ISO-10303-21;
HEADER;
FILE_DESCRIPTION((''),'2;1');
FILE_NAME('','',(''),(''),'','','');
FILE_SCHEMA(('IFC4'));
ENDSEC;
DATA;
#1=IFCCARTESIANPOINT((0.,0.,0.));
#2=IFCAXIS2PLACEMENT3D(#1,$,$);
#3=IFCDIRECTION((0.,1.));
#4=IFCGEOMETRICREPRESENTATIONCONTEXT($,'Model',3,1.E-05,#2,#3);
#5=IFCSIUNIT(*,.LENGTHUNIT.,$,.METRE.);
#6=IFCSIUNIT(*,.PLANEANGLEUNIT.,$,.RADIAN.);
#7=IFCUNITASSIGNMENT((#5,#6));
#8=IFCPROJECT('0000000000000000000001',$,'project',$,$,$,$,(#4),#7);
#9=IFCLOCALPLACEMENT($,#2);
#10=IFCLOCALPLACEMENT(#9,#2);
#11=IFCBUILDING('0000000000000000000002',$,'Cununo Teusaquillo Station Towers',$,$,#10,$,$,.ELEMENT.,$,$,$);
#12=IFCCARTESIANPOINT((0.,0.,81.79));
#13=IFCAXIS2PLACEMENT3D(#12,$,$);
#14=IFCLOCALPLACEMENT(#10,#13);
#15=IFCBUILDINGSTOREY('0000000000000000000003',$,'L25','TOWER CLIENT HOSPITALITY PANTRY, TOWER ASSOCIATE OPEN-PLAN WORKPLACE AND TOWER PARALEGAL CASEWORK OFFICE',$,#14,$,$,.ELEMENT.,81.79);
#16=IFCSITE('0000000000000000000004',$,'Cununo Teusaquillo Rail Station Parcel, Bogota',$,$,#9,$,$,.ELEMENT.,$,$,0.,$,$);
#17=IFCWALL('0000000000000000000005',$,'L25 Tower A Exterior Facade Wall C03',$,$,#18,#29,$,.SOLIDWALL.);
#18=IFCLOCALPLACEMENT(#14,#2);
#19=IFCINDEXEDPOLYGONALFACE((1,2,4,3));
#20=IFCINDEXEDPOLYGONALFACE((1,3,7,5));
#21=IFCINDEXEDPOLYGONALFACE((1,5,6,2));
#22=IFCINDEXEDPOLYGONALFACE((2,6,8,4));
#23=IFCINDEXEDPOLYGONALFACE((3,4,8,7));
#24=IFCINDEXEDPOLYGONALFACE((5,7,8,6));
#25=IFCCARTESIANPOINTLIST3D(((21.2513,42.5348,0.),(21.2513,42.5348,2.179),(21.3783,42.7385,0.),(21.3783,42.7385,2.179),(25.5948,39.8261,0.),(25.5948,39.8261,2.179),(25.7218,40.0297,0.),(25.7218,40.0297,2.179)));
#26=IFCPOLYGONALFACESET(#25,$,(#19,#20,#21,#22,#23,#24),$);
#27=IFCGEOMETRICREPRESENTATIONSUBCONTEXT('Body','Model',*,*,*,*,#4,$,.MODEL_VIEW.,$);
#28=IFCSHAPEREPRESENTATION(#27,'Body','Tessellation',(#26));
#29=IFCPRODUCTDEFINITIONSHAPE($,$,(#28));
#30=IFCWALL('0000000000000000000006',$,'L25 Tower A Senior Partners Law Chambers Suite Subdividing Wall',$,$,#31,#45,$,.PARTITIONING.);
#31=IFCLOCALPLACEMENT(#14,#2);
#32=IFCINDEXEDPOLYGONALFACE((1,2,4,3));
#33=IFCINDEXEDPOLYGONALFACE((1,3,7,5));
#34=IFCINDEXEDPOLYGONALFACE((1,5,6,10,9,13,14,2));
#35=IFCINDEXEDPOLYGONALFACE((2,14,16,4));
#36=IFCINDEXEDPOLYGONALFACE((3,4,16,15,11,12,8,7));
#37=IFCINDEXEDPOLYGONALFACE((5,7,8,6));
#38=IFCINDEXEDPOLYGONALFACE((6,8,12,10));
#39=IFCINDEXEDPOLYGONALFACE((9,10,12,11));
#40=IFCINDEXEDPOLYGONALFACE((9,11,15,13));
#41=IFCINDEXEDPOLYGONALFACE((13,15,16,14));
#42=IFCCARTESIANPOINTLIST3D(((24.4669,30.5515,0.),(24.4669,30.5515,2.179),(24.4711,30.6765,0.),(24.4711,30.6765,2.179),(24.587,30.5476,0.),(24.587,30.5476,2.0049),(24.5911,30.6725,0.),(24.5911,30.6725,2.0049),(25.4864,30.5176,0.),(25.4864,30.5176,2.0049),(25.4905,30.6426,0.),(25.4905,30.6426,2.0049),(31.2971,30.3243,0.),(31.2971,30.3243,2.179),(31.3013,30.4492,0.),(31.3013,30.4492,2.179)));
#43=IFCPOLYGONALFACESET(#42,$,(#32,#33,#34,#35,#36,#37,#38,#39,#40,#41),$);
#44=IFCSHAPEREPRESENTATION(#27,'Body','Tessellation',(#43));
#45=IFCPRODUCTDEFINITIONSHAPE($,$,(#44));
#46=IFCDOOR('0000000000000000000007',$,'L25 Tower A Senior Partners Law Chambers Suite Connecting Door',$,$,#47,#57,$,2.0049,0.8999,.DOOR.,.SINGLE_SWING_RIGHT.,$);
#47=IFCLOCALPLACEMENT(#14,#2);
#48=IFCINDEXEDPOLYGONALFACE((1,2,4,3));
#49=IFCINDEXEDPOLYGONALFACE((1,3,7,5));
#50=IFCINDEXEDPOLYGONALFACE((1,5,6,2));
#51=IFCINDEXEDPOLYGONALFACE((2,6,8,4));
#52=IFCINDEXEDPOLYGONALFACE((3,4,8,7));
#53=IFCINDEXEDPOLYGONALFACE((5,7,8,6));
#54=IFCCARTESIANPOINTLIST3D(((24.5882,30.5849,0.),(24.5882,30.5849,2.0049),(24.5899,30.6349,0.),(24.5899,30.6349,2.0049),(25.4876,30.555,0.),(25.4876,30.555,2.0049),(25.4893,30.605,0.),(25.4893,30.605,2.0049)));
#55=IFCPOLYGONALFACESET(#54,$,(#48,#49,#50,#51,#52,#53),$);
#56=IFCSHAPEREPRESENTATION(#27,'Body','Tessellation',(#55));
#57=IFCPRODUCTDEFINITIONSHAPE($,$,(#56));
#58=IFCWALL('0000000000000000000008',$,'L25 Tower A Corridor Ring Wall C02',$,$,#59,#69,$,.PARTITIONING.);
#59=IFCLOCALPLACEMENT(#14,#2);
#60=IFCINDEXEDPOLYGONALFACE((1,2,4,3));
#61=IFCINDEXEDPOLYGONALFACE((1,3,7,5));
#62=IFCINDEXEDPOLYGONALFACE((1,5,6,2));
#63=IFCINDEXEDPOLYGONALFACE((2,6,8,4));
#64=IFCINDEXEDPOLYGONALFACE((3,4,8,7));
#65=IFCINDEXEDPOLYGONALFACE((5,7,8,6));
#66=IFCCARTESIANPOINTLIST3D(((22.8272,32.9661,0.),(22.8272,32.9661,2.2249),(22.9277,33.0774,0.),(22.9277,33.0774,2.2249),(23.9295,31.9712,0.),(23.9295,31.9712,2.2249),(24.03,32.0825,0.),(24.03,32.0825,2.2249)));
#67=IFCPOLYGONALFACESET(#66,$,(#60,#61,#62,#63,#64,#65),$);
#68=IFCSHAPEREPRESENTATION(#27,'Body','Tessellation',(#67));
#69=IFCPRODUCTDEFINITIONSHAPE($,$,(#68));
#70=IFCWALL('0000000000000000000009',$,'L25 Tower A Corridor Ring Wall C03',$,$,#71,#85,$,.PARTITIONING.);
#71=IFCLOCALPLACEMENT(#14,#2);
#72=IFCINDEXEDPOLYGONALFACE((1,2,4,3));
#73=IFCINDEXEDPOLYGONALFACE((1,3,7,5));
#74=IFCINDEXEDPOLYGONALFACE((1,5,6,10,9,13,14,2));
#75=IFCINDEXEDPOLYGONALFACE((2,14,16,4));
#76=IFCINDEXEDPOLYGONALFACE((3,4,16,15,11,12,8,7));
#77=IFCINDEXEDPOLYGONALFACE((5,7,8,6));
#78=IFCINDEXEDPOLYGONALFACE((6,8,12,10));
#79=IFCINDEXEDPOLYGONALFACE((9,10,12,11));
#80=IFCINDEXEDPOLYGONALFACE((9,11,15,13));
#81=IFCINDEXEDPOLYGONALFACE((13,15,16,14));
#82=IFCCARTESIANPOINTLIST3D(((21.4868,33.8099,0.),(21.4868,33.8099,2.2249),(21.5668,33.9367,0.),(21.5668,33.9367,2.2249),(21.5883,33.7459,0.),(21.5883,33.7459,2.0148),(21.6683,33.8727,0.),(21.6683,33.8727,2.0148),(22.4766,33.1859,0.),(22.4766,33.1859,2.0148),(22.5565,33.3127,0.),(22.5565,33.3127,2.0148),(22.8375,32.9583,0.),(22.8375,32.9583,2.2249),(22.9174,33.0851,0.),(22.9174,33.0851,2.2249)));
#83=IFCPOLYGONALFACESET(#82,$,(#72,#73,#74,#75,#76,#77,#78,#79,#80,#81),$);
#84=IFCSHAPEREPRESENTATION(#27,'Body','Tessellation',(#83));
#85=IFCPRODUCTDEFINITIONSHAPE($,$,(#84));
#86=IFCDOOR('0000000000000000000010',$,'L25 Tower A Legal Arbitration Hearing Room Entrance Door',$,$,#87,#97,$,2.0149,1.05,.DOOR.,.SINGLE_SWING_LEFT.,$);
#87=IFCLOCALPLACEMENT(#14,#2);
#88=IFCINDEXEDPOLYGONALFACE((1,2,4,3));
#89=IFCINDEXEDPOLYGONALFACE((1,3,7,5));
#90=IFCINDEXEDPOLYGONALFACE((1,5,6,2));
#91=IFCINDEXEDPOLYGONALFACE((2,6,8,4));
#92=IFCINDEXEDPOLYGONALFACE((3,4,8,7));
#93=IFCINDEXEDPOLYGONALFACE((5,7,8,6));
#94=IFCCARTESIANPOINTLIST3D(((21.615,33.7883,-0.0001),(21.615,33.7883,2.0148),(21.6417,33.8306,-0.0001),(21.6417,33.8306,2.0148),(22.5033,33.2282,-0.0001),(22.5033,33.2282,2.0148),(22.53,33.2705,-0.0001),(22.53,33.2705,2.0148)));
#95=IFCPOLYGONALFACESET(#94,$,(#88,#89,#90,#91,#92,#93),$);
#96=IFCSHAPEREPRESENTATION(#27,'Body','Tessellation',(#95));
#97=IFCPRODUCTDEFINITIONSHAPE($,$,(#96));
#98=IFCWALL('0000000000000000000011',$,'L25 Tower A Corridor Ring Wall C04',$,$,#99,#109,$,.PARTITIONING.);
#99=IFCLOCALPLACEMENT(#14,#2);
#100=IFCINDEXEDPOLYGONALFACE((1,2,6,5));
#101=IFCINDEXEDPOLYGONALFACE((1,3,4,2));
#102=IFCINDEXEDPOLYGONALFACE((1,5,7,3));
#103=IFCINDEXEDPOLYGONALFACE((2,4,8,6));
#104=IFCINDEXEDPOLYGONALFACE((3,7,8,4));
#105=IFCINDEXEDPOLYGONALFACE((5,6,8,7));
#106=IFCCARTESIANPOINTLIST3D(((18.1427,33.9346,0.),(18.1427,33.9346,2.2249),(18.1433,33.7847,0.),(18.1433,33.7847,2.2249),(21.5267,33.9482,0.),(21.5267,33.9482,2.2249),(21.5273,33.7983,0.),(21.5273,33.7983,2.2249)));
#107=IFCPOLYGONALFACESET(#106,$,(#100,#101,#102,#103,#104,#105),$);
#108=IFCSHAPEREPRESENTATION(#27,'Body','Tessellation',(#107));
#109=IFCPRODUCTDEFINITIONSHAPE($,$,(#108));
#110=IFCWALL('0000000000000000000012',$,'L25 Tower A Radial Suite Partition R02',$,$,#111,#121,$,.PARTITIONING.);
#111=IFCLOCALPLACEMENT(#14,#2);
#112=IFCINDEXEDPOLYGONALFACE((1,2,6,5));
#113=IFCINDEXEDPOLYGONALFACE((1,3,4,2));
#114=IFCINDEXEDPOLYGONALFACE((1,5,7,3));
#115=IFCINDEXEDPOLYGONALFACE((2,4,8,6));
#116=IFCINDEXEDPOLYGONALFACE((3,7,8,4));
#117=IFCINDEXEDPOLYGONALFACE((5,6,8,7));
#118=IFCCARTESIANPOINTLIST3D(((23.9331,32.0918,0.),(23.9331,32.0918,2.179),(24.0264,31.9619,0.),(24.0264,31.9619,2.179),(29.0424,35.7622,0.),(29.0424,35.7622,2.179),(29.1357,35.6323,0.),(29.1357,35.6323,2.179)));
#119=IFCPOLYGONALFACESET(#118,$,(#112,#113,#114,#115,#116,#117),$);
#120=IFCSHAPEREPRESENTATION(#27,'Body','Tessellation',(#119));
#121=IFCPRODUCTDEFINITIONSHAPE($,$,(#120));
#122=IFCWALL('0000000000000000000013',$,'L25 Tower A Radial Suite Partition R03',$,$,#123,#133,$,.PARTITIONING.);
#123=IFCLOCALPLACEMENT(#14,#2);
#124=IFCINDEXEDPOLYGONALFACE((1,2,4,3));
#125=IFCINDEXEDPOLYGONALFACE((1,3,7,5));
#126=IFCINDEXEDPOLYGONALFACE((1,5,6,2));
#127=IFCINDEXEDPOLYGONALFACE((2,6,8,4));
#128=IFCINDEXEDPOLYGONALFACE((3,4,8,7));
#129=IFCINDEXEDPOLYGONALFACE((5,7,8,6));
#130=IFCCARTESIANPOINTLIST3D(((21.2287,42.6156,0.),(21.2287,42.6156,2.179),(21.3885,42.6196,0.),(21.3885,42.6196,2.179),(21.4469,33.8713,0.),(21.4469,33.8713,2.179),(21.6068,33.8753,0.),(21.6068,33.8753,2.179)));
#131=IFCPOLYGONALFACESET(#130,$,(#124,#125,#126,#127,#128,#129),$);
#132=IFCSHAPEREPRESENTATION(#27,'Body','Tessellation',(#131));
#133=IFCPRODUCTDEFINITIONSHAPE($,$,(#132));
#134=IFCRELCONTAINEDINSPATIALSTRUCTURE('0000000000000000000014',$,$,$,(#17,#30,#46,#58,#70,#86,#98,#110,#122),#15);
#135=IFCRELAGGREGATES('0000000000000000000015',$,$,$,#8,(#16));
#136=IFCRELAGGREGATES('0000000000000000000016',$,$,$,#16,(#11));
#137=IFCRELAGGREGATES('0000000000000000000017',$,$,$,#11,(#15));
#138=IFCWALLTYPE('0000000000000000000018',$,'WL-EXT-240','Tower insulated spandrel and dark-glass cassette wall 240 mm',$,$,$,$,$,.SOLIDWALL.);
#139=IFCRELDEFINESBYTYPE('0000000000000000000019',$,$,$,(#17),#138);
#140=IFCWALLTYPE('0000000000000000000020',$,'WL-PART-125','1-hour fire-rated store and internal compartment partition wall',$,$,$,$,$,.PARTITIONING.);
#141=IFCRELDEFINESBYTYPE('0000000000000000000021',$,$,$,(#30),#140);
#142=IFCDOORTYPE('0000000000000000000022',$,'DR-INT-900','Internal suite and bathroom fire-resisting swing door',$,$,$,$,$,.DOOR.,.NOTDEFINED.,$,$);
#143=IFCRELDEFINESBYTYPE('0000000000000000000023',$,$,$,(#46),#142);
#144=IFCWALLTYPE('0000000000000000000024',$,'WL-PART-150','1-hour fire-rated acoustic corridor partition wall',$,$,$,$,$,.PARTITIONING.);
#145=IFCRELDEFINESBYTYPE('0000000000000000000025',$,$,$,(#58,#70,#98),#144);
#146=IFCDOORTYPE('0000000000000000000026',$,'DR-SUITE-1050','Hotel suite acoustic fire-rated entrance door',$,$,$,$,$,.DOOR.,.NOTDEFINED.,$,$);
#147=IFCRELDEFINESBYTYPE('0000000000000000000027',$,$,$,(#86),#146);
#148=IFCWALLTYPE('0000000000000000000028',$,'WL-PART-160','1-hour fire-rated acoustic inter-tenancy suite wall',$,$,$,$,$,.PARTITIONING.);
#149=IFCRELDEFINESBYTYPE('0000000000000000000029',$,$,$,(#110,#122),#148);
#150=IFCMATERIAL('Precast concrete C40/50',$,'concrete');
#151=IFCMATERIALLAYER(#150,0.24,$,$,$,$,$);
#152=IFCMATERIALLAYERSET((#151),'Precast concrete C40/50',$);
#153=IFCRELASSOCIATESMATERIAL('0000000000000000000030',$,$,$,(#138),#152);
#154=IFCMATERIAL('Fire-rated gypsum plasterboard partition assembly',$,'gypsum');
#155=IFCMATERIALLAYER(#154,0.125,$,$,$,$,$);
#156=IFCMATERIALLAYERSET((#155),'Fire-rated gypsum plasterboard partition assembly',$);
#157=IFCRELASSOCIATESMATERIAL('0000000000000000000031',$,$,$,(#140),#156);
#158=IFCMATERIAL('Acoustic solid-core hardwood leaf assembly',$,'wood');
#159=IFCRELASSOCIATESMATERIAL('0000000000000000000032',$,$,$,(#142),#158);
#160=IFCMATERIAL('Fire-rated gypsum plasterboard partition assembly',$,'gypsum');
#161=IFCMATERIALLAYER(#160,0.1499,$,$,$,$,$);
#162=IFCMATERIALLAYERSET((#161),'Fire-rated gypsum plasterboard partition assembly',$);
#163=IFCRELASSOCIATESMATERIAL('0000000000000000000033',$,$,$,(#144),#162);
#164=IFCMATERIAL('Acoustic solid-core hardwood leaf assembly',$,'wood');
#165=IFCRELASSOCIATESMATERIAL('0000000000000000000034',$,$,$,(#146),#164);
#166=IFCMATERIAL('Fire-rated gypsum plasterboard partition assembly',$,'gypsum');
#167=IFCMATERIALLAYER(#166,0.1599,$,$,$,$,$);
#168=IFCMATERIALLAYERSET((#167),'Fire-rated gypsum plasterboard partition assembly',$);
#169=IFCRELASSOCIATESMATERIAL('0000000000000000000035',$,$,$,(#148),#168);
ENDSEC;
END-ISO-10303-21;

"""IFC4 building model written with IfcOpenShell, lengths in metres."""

from ifc_helpers import new_model, si_unit, direction, frame, frame_2d, origin, place, context, subcontext, project, spatial, rectangle, extrude, source, transform, mapped, material, layer, layer_set, type_object, element, fill, save


model = new_model("IFC4")

# Units and contexts
model_context = context("Model", 3, precision=1e-05, world=origin(), true_north=direction((0.0, 1.0)))
body_context = subcontext(model_context, "Body", "Model", "MODEL_VIEW")
ifc_project = project(units=[si_unit("LENGTHUNIT", "METRE"), si_unit("PLANEANGLEUNIT", "RADIAN")], contexts=[model_context])

# Site, building, storey
site_placement = place(None, origin())
site = spatial("IfcSite", under=ifc_project, at=site_placement, Name="Cununo Teusaquillo Rail Station Parcel, Bogota", CompositionType="ELEMENT", RefElevation=0.0)
building_placement = place(site_placement, origin())
building = spatial("IfcBuilding", under=site, at=building_placement, Name="Cununo Teusaquillo Station Towers", CompositionType="ELEMENT")
storey_placement = place(building_placement, frame((0.0, 0.0, 81.79)))
storey = spatial("IfcBuildingStorey", under=building, at=storey_placement, Name="L25", Description="TOWER CLIENT HOSPITALITY PANTRY, TOWER ASSOCIATE OPEN-PLAN WORKPLACE AND TOWER PARALEGAL CASEWORK OFFICE", CompositionType="ELEMENT", Elevation=81.79)

# Shared definitions
ifc_material_1 = material(Name="Precast concrete C40/50", Category="concrete")
ifc_layer_1 = layer(ifc_material_1, 0.24)
ifc_layer_set_1 = layer_set([ifc_layer_1], Name="Precast concrete C40/50")
wall_type_1 = type_object("IfcWallType", Name="WL-EXT-240", Description="Tower insulated spandrel and dark-glass cassette wall 240 mm", PredefinedType="SOLIDWALL", material=ifc_layer_set_1)

# Wall
wall_1_placement = place(storey_placement, frame((21.3147, 42.6367, 0.0), z_axis=(0.0, 0.0, 1.0), x_axis=(0.84852, -0.529163, 0.0)))
element("IfcWall", 1, at=wall_1_placement, inside=storey, type_object=wall_type_1, Name="L25 Tower A Exterior Facade Wall C03", PredefinedType="SOLIDWALL", context=body_context, shape_type="SweptSolid", body=[
    extrude(rectangle(XDim=5.1189, YDim=0.24, at=frame_2d((2.5596, 0.0))), origin(), (0.0, 0.0, 1.0), 2.179),
])

# Wall, opening, door
ifc_material_2 = material(Name="Fire-rated gypsum plasterboard partition assembly", Category="gypsum")
ifc_layer_2 = layer(ifc_material_2, 0.125)
ifc_layer_set_2 = layer_set([ifc_layer_2], Name="Fire-rated gypsum plasterboard partition assembly")
wall_type_2 = type_object("IfcWallType", Name="WL-PART-125", Description="1-hour fire-rated store and internal compartment partition wall", PredefinedType="PARTITIONING", material=ifc_layer_set_2)
wall_2_placement = place(storey_placement, frame((24.469, 30.614, 0.0), z_axis=(0.0, 0.0, 1.0), x_axis=(0.999447, -0.033259, 0.0)))
wall_2 = element("IfcWall", 2, at=wall_2_placement, inside=storey, type_object=wall_type_2, Name="L25 Tower A Senior Partners Law Chambers Suite Subdividing Wall", PredefinedType="PARTITIONING", context=body_context, shape_type="SweptSolid", body=[
    extrude(rectangle(XDim=6.834, YDim=0.125, at=frame_2d((3.417, 0.0))), origin(), (0.0, 0.0, 1.0), 2.179),
])
shared_shape_1 = source(origin(), body_context, "Body", "SweptSolid", [
    extrude(rectangle(XDim=0.8999, YDim=2.0049, at=frame_2d((0.45, 1.0024))), frame((0.0, 0.0725, 0.0), z_axis=(0.0, -1.0, 0.0), x_axis=(1.0, 0.0, 0.0)), (0.0, 0.0, 1.0), 0.145),
])
opening_1_placement = place(wall_2_placement, frame((0.1201, 0.0, 0.0)))
opening_1 = element("IfcOpeningElement", 3, at=opening_1_placement, cuts=wall_2, PredefinedType="OPENING", context=body_context, shape_type="MappedRepresentation", body=[
    mapped(shared_shape_1, transform((0.0, 0.0, 0.0), x_axis=(1.0, 0.0, 0.0), y_axis=(0.0, 1.0, 0.0), z_axis=(0.0, 0.0, 1.0), scale=1.0)),
])
ifc_material_3 = material(Name="Acoustic solid-core hardwood leaf assembly", Category="wood")
door_type_1 = type_object("IfcDoorType", Name="DR-INT-900", Description="Internal suite and bathroom fire-resisting swing door", OperationType="NOTDEFINED", PredefinedType="DOOR", material=ifc_material_3)
shared_shape_2 = source(origin(), body_context, "Body", "SweptSolid", [
    extrude(rectangle(XDim=0.8999, YDim=2.0049, at=frame_2d((0.45, 1.0024))), frame((0.0, 0.0249, 0.0), z_axis=(0.0, -1.0, 0.0), x_axis=(1.0, 0.0, 0.0)), (0.0, 0.0, 1.0), 0.05),
])
door_1_placement = place(opening_1_placement, origin())
door_1 = element("IfcDoor", 4, at=door_1_placement, inside=storey, type_object=door_type_1, Name="L25 Tower A Senior Partners Law Chambers Suite Connecting Door", OperationType="SINGLE_SWING_RIGHT", OverallHeight=2.0049, OverallWidth=0.8999, PredefinedType="DOOR", context=body_context, shape_type="MappedRepresentation", body=[
    mapped(shared_shape_2, transform((0.0, 0.0, 0.0), x_axis=(1.0, 0.0, 0.0), y_axis=(0.0, 1.0, 0.0), z_axis=(0.0, 0.0, 1.0), scale=1.0)),
])
fill(opening_1, door_1)

# Wall
ifc_material_4 = material(Name="Fire-rated gypsum plasterboard partition assembly", Category="gypsum")
ifc_layer_3 = layer(ifc_material_4, 0.1499)
ifc_layer_set_3 = layer_set([ifc_layer_3], Name="Fire-rated gypsum plasterboard partition assembly")
wall_type_3 = type_object("IfcWallType", Name="WL-PART-150", Description="1-hour fire-rated acoustic corridor partition wall", PredefinedType="PARTITIONING", material=ifc_layer_set_3)
wall_3_placement = place(storey_placement, frame((23.9797, 32.0269, 0.0), z_axis=(0.0, 0.0, 1.0), x_axis=(-0.742353, 0.670009, 0.0)))
element("IfcWall", 5, at=wall_3_placement, inside=storey, type_object=wall_type_3, Name="L25 Tower A Corridor Ring Wall C02", PredefinedType="PARTITIONING", context=body_context, shape_type="SweptSolid", body=[
    extrude(rectangle(XDim=1.4849, YDim=0.1499, at=frame_2d((0.7424, 0.0))), origin(), (0.0, 0.0, 1.0), 2.2249),
])

# Wall, opening, door
wall_4_placement = place(storey_placement, frame((22.8774, 33.0217, 0.0), z_axis=(0.0, 0.0, 1.0), x_axis=(-0.845896, 0.533348, 0.0)))
wall_4 = element("IfcWall", 6, at=wall_4_placement, inside=storey, type_object=wall_type_3, Name="L25 Tower A Corridor Ring Wall C03", PredefinedType="PARTITIONING", context=body_context, shape_type="SweptSolid", body=[
    extrude(rectangle(XDim=1.5967, YDim=0.1499, at=frame_2d((0.7983, 0.0))), origin(), (0.0, 0.0, 1.0), 2.2249),
])
shared_shape_3 = source(origin(), body_context, "Body", "SweptSolid", [
    extrude(rectangle(XDim=1.05, YDim=2.0149, at=frame_2d((0.5249, 1.0073))), frame((0.0, 0.085, 0.0), z_axis=(0.0, -1.0, 0.0), x_axis=(1.0, 0.0, 0.0)), (0.0, 0.0, 1.0), 0.1699),
])
opening_2_placement = place(wall_4_placement, frame((0.4268, 0.0, 0.0)))
opening_2 = element("IfcOpeningElement", 7, at=opening_2_placement, cuts=wall_4, PredefinedType="OPENING", context=body_context, shape_type="MappedRepresentation", body=[
    mapped(shared_shape_3, transform((0.0, 0.0, 0.0), x_axis=(1.0, 0.0, 0.0), y_axis=(0.0, 1.0, 0.0), z_axis=(0.0, 0.0, 1.0), scale=1.0)),
])
ifc_material_5 = material(Name="Acoustic solid-core hardwood leaf assembly", Category="wood")
door_type_2 = type_object("IfcDoorType", Name="DR-SUITE-1050", Description="Hotel suite acoustic fire-rated entrance door", OperationType="NOTDEFINED", PredefinedType="DOOR", material=ifc_material_5)
shared_shape_4 = source(origin(), body_context, "Body", "SweptSolid", [
    extrude(rectangle(XDim=1.05, YDim=2.0149, at=frame_2d((0.5249, 1.0073))), frame((0.0, 0.0249, 0.0), z_axis=(0.0, -1.0, 0.0), x_axis=(1.0, 0.0, 0.0)), (0.0, 0.0, 1.0), 0.05),
])
door_2_placement = place(opening_2_placement, origin())
door_2 = element("IfcDoor", 8, at=door_2_placement, inside=storey, type_object=door_type_2, Name="L25 Tower A Legal Arbitration Hearing Room Entrance Door", OperationType="SINGLE_SWING_LEFT", OverallHeight=2.0149, OverallWidth=1.05, PredefinedType="DOOR", context=body_context, shape_type="MappedRepresentation", body=[
    mapped(shared_shape_4, transform((0.0, 0.0, 0.0), x_axis=(1.0, 0.0, 0.0), y_axis=(0.0, 1.0, 0.0), z_axis=(0.0, 0.0, 1.0), scale=1.0)),
])
fill(opening_2, door_2)

# Walls
wall_5_placement = place(storey_placement, frame((21.5269, 33.8733, 0.0), z_axis=(0.0, 0.0, 1.0), x_axis=(-0.999992, -0.00404, 0.0)))
element("IfcWall", 9, at=wall_5_placement, inside=storey, type_object=wall_type_3, Name="L25 Tower A Corridor Ring Wall C04", PredefinedType="PARTITIONING", context=body_context, shape_type="SweptSolid", body=[
    extrude(rectangle(XDim=3.384, YDim=0.1499, at=frame_2d((1.6919, 0.0))), origin(), (0.0, 0.0, 1.0), 2.2249),
])
ifc_material_6 = material(Name="Fire-rated gypsum plasterboard partition assembly", Category="gypsum")
ifc_layer_4 = layer(ifc_material_6, 0.1599)
ifc_layer_set_4 = layer_set([ifc_layer_4], Name="Fire-rated gypsum plasterboard partition assembly")
wall_type_4 = type_object("IfcWallType", Name="WL-PART-160", Description="1-hour fire-rated acoustic inter-tenancy suite wall", PredefinedType="PARTITIONING", material=ifc_layer_set_4)
wall_6_placement = place(storey_placement, frame((23.9797, 32.0269, 0.0), z_axis=(0.0, 0.0, 1.0), x_axis=(0.812162, 0.583431, 0.0)))
element("IfcWall", 10, at=wall_6_placement, inside=storey, type_object=wall_type_4, Name="L25 Tower A Radial Suite Partition R02", PredefinedType="PARTITIONING", context=body_context, shape_type="SweptSolid", body=[
    extrude(rectangle(XDim=6.291, YDim=0.1599, at=frame_2d((3.1455, 0.0))), origin(), (0.0, 0.0, 1.0), 2.179),
])
wall_7_placement = place(storey_placement, frame((21.5269, 33.8733, 0.0), z_axis=(0.0, 0.0, 1.0), x_axis=(-0.024952, 0.999689, 0.0)))
element("IfcWall", 11, at=wall_7_placement, inside=storey, type_object=wall_type_4, Name="L25 Tower A Radial Suite Partition R03", PredefinedType="PARTITIONING", context=body_context, shape_type="SweptSolid", body=[
    extrude(rectangle(XDim=8.7471, YDim=0.1599, at=frame_2d((4.3735, 0.0))), origin(), (0.0, 0.0, 1.0), 2.179),
])

save(model, "model.ifc")
